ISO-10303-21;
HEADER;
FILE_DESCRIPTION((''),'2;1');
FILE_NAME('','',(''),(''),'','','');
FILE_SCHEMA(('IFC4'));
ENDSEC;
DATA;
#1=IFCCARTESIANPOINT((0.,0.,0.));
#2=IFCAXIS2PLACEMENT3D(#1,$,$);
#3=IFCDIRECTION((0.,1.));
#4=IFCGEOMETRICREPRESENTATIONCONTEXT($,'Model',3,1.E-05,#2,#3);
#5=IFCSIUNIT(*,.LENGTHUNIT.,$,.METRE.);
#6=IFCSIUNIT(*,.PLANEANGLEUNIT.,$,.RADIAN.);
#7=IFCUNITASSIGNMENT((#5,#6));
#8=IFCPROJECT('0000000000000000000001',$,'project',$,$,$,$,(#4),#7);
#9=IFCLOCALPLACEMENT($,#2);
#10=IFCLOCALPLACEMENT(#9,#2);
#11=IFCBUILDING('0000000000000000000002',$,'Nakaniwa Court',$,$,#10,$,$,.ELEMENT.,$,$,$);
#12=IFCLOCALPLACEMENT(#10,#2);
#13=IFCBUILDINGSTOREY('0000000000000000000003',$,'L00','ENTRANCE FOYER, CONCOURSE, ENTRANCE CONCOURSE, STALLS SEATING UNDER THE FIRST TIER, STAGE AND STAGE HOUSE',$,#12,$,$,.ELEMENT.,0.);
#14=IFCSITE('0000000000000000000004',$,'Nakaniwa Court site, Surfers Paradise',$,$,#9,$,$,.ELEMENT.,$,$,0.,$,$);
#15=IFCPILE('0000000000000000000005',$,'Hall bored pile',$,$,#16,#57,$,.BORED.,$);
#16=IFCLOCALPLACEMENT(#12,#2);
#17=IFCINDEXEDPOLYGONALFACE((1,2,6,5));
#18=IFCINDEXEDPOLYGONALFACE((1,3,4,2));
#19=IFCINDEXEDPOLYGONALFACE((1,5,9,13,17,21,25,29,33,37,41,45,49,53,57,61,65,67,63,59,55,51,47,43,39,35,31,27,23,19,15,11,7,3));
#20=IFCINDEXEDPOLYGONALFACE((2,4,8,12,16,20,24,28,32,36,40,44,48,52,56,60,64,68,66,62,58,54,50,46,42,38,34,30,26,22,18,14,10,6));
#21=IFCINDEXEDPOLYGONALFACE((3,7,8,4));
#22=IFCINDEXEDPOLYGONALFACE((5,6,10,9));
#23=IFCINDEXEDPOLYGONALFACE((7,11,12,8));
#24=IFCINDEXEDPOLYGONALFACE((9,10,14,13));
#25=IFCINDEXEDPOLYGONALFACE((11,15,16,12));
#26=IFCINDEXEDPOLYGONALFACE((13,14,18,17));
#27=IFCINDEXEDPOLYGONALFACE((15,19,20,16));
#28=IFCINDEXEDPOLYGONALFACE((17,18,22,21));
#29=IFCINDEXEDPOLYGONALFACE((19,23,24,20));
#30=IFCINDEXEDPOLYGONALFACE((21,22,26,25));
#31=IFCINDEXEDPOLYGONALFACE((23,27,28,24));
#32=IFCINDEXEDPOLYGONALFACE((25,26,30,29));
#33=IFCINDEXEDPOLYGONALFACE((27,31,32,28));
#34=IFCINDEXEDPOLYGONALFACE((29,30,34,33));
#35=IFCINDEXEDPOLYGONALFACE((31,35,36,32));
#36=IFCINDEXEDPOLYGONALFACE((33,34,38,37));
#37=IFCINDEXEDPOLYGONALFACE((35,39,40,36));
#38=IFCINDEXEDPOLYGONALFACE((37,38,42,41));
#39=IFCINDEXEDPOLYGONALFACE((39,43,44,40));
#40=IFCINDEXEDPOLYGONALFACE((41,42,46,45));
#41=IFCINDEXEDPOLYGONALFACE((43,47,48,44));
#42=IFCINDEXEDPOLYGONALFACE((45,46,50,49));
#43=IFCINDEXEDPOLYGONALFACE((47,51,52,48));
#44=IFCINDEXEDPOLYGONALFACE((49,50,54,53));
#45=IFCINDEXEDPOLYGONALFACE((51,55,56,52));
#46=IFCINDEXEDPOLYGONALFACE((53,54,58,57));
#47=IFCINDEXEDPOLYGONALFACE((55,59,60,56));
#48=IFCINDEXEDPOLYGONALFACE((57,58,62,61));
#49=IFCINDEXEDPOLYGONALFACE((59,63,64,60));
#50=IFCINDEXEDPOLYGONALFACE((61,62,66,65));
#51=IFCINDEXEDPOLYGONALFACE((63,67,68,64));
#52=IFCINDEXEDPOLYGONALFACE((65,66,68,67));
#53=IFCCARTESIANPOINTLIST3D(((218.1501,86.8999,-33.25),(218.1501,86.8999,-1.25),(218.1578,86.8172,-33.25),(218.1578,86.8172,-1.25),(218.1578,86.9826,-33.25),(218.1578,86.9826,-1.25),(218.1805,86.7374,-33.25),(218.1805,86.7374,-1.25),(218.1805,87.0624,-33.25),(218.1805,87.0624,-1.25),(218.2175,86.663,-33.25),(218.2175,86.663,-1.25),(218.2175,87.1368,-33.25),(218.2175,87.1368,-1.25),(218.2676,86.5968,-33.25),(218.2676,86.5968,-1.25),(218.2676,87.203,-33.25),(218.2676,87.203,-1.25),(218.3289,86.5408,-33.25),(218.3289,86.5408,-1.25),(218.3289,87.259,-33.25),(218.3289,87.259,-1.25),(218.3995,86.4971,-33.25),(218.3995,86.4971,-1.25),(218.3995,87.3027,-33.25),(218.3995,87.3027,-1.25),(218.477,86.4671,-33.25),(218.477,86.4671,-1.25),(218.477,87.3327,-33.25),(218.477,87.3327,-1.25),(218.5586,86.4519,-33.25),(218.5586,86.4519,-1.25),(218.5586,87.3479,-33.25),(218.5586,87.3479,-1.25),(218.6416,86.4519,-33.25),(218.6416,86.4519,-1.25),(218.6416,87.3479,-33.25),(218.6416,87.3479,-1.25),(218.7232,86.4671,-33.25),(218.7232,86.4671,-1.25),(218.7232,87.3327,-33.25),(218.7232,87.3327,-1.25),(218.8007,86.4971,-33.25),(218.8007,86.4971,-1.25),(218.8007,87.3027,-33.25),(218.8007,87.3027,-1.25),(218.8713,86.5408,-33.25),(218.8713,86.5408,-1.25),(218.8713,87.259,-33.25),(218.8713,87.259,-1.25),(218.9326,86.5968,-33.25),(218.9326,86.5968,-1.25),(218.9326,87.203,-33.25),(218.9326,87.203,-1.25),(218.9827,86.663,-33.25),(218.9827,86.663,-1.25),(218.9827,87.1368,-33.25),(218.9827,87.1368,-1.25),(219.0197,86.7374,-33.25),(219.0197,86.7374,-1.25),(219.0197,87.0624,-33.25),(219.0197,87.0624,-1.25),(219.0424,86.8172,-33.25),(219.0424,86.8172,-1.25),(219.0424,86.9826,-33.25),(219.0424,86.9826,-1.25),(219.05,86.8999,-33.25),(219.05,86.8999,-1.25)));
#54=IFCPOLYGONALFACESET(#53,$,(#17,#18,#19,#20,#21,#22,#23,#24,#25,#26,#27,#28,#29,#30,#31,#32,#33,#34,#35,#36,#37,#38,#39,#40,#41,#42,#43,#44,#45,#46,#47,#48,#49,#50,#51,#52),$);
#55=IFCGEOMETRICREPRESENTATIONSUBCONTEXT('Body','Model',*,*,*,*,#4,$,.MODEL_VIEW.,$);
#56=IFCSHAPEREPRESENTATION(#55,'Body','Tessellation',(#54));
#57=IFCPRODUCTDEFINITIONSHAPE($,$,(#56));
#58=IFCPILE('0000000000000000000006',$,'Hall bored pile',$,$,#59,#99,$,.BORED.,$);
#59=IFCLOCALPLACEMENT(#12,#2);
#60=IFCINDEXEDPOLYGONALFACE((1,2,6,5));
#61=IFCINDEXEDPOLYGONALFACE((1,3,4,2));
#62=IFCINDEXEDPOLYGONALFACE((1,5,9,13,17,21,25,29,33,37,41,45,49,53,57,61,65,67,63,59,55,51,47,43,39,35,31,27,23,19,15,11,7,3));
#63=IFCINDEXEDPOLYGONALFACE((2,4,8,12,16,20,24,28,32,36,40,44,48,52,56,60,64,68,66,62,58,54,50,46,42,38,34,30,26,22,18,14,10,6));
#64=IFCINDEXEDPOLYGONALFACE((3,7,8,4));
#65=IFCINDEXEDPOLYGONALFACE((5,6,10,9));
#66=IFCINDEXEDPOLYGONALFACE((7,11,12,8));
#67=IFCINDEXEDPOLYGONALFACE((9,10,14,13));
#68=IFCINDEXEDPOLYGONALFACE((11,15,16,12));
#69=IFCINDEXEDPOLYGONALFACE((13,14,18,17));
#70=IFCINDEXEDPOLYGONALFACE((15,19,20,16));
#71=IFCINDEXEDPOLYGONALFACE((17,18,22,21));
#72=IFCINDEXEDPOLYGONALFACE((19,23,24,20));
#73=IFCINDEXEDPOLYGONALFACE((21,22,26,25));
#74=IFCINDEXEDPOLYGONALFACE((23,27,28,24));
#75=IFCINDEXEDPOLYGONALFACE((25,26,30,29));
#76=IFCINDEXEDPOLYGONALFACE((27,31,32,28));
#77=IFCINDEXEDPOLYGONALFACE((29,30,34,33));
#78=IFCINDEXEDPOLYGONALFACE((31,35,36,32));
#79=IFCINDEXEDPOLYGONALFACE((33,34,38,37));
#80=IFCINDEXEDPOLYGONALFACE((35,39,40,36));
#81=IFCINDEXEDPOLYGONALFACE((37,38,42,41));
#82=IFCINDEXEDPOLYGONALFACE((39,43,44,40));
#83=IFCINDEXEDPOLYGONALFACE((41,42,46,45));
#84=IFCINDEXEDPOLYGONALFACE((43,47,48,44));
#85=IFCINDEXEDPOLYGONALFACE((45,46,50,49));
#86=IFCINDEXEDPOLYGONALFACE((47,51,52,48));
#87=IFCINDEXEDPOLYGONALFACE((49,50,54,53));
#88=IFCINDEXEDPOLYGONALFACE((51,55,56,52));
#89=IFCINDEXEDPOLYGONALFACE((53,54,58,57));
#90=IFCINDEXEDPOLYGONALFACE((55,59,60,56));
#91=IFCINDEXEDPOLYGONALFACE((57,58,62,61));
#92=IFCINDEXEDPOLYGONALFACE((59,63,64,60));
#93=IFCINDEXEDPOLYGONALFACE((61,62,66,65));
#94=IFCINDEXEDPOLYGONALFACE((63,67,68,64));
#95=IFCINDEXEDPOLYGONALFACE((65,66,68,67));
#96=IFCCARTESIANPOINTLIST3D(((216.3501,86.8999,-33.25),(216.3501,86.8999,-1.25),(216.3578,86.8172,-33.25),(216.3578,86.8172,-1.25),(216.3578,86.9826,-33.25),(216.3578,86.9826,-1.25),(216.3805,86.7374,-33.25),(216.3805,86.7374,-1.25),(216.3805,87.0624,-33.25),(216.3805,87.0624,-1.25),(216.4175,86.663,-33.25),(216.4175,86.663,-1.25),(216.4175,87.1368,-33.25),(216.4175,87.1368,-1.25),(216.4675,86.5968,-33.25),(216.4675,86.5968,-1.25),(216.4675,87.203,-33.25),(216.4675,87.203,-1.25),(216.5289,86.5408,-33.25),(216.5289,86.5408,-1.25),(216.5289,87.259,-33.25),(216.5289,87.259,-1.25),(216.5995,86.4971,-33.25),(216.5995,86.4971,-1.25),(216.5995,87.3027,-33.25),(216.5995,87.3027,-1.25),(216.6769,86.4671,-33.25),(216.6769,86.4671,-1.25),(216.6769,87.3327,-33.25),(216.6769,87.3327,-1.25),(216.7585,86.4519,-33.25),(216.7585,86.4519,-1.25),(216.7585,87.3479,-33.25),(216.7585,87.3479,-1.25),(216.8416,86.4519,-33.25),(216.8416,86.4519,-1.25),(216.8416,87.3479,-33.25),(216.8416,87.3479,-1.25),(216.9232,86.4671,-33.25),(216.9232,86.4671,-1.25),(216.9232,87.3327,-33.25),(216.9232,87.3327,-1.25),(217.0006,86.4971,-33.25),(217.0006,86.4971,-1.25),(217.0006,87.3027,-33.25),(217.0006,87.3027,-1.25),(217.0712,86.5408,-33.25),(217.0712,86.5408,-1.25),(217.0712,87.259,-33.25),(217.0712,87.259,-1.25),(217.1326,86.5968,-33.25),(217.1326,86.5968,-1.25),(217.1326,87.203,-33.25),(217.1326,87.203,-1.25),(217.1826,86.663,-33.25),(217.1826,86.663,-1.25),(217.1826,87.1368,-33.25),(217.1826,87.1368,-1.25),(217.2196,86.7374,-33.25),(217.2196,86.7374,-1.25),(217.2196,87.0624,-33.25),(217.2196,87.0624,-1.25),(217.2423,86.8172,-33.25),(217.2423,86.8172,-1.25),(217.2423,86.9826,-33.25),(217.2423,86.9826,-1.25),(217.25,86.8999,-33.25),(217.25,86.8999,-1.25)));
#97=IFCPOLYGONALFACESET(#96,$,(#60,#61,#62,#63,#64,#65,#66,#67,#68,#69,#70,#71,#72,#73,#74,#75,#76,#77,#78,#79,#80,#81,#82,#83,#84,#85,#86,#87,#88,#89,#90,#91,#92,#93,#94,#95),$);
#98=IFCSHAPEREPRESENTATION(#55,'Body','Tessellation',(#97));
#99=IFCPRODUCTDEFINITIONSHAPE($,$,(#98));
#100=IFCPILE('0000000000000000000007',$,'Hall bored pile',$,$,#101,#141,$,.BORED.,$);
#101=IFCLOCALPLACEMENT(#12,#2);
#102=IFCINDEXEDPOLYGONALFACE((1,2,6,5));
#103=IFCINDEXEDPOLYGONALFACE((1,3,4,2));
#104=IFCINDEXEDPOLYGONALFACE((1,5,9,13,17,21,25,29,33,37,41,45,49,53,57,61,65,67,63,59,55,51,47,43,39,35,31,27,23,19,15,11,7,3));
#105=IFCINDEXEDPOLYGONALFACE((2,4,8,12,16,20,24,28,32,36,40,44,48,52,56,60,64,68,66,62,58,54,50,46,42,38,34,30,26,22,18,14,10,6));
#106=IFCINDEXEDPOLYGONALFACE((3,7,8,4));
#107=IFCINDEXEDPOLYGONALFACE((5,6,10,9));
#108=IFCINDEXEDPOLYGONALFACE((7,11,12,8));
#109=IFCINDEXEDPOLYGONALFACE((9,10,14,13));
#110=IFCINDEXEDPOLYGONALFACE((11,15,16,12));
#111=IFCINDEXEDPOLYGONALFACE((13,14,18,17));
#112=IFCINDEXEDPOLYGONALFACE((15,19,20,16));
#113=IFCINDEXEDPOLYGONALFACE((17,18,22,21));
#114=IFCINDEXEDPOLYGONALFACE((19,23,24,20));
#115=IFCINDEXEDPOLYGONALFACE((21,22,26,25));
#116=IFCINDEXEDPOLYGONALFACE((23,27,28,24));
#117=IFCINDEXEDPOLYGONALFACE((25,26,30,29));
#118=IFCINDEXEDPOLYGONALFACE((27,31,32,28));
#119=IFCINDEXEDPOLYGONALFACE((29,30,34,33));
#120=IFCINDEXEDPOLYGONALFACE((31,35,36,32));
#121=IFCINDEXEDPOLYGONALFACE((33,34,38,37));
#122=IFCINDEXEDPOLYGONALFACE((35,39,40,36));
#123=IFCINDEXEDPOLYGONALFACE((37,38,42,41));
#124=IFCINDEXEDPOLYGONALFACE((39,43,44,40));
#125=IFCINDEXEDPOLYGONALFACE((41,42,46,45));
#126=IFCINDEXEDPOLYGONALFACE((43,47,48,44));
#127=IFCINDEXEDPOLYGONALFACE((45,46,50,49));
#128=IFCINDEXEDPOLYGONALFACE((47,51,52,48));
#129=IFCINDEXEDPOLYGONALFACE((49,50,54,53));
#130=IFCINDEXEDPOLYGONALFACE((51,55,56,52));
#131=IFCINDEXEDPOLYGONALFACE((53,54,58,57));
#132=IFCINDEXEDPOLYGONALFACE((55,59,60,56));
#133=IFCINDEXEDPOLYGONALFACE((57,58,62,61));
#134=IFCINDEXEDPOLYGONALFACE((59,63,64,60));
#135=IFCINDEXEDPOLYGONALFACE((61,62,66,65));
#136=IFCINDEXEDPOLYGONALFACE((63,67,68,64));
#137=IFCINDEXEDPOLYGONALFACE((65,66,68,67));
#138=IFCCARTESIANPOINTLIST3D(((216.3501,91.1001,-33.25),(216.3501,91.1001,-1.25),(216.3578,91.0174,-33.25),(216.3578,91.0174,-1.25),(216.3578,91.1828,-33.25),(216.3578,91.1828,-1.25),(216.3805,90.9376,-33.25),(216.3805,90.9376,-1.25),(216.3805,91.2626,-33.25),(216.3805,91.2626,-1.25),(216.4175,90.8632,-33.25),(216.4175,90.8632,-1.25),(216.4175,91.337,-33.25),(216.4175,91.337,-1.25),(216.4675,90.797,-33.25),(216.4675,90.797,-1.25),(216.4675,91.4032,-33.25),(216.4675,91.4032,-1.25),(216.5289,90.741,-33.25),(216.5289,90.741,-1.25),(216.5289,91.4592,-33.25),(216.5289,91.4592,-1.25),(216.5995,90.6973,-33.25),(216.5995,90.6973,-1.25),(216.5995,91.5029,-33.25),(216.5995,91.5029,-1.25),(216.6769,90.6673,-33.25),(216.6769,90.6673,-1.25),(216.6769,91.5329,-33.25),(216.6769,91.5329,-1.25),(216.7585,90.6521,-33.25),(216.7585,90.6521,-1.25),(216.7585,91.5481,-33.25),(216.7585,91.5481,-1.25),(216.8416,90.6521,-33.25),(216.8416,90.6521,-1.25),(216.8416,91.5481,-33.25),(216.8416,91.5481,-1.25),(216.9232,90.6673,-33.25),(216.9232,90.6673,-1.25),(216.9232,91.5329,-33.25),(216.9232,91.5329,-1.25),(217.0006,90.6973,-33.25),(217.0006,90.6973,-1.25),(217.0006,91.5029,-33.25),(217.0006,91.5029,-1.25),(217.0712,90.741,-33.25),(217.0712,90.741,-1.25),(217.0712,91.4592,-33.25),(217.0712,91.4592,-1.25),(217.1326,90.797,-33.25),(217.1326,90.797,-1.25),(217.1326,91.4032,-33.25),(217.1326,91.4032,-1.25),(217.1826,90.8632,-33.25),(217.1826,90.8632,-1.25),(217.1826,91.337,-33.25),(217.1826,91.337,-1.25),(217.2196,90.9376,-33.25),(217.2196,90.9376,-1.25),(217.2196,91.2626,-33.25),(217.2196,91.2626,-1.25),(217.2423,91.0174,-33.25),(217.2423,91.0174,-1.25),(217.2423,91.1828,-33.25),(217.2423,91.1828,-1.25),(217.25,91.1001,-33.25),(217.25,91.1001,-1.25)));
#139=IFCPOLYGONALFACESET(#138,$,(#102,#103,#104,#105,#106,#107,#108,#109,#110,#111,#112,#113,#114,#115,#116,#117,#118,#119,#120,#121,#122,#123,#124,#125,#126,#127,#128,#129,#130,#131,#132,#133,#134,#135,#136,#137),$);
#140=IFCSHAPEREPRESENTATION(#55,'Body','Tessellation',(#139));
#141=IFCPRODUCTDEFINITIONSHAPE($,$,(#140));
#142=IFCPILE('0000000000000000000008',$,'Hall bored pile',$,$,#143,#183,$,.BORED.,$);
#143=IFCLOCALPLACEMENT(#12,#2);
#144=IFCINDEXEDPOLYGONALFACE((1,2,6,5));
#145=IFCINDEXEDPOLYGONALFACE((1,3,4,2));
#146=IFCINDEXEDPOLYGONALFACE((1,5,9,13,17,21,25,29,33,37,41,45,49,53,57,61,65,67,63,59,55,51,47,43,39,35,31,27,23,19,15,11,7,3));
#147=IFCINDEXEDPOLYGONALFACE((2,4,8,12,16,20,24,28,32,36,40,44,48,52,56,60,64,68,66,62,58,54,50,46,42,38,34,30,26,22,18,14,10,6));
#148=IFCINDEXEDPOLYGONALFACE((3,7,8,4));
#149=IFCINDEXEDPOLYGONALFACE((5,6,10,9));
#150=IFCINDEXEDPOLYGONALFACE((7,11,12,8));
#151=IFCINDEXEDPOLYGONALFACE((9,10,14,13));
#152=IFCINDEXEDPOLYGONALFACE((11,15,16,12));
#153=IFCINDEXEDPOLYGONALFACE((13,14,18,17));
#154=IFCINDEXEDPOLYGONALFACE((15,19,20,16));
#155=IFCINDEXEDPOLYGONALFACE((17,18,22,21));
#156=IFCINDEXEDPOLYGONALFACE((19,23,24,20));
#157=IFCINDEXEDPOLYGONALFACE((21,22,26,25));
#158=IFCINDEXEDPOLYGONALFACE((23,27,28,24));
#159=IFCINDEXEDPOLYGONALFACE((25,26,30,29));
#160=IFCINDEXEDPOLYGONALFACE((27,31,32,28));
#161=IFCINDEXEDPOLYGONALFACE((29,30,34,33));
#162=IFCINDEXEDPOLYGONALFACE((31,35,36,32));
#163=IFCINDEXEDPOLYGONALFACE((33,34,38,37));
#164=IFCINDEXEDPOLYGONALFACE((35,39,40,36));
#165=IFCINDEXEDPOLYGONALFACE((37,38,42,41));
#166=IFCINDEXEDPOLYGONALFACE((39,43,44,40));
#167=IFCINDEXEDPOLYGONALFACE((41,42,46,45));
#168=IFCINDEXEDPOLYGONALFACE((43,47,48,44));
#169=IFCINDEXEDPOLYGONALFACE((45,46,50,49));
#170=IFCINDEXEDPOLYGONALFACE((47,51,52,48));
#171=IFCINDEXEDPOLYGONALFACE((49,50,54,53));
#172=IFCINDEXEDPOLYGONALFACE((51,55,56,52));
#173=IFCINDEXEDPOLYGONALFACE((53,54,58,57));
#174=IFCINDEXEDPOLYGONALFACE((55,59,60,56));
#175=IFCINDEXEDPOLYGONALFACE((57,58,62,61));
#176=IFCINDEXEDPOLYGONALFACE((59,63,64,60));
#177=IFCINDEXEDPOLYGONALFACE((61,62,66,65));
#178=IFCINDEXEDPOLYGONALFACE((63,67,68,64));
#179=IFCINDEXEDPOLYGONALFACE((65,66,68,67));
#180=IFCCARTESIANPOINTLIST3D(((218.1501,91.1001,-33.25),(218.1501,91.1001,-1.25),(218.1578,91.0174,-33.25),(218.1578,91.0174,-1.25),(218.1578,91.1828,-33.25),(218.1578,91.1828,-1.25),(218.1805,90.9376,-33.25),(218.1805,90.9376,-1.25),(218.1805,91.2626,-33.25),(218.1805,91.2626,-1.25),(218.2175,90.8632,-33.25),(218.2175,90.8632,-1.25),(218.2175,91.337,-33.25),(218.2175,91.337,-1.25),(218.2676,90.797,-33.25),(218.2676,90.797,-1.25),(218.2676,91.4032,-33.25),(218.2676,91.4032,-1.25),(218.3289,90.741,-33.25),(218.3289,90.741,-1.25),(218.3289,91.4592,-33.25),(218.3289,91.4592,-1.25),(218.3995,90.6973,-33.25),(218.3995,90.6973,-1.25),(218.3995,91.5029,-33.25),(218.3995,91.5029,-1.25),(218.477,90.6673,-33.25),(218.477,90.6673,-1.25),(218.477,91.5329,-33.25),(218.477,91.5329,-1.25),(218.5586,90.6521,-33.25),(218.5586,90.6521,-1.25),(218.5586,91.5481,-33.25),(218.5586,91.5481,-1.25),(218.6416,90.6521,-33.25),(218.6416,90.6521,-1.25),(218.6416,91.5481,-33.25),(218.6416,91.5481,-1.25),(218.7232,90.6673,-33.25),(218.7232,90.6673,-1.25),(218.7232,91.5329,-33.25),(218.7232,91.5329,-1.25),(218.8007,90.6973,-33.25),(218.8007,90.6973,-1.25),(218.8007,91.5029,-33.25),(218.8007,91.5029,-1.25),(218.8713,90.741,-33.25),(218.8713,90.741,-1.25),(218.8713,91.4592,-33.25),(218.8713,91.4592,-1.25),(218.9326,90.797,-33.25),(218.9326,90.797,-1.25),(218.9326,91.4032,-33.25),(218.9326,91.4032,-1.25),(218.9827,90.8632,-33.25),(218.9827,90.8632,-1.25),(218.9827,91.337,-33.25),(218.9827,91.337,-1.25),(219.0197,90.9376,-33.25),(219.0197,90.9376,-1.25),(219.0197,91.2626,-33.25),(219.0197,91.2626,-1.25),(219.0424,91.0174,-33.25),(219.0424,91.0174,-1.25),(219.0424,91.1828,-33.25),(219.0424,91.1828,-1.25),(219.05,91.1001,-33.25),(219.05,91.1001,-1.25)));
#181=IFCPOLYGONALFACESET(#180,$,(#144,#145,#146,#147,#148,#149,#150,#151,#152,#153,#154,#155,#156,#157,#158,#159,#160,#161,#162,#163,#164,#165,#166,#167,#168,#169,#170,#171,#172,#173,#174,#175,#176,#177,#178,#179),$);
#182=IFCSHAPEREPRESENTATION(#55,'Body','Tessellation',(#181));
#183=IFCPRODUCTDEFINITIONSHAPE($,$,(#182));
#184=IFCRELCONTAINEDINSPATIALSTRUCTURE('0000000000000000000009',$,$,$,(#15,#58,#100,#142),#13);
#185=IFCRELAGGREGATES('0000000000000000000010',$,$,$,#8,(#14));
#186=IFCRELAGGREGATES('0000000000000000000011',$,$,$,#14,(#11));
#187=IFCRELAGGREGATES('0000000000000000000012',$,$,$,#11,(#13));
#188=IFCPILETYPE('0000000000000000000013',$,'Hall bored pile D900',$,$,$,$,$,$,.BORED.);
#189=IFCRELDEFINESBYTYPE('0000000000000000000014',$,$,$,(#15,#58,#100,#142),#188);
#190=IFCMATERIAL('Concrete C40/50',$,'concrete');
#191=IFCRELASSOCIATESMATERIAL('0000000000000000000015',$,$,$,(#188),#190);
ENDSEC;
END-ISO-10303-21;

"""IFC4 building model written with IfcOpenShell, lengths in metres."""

from ifc_helpers import new_model, si_unit, direction, frame, origin, origin_2d, place, context, subcontext, project, spatial, circle, extrude, material, material_profile, profile_set, type_object, element, save


model = new_model("IFC4")

# Units and contexts
model_context = context("Model", 3, precision=1e-05, world=origin(), true_north=direction((0.0, 1.0)))
body_context = subcontext(model_context, "Body", "Model", "MODEL_VIEW")
ifc_project = project(units=[si_unit("LENGTHUNIT", "METRE"), si_unit("PLANEANGLEUNIT", "RADIAN")], contexts=[model_context])

# Site, building, storey
site_placement = place(None, origin())
site = spatial("IfcSite", under=ifc_project, at=site_placement, Name="Nakaniwa Court site, Surfers Paradise", CompositionType="ELEMENT", RefElevation=0.0)
building_placement = place(site_placement, origin())
building = spatial("IfcBuilding", under=site, at=building_placement, Name="Nakaniwa Court", CompositionType="ELEMENT")
storey_placement = place(building_placement, origin())
storey = spatial("IfcBuildingStorey", under=building, at=storey_placement, Name="L00", Description="ENTRANCE FOYER, CONCOURSE, ENTRANCE CONCOURSE, STALLS SEATING UNDER THE FIRST TIER, STAGE AND STAGE HOUSE", CompositionType="ELEMENT", Elevation=0.0)

# Piles
ifc_material_1 = material(Name="Concrete C40/50", Category="concrete")
ifc_material_profile_1 = material_profile(ifc_material_1, circle(Radius=0.45, at=origin_2d()), Name="Bored pile D900")
ifc_profile_set_1 = profile_set([ifc_material_profile_1], Name="Concrete C40/50")
pile_type = type_object("IfcPileType", Name="Hall bored pile D900", PredefinedType="BORED", material=ifc_profile_set_1)
for number, where, z_axis, x_axis, name in (
    (1, (218.6001, 86.8999, -1.25), (0.0, 0.0, -1.0), (1.0, 0.0, 0.0), "Hall bored pile"),
    (2, (216.8, 86.8999, -1.25), (0.0, 0.0, -1.0), (1.0, 0.0, 0.0), "Hall bored pile"),
    (3, (216.8, 91.1001, -1.25), (0.0, 0.0, -1.0), (1.0, 0.0, 0.0), "Hall bored pile"),
    (4, (218.6001, 91.1001, -1.25), (0.0, 0.0, -1.0), (1.0, 0.0, 0.0), "Hall bored pile"),
):
    element("IfcPile", number, at=place(storey_placement, frame(where, z_axis=z_axis, x_axis=x_axis)), inside=storey, type_object=pile_type, Name=name, PredefinedType="BORED", context=body_context, shape_type="SweptSolid", body=[
        extrude(circle(Radius=0.45, at=origin_2d()), origin(), (0.0, 0.0, 1.0), 32.0),
    ])

save(model, "model.ifc")
